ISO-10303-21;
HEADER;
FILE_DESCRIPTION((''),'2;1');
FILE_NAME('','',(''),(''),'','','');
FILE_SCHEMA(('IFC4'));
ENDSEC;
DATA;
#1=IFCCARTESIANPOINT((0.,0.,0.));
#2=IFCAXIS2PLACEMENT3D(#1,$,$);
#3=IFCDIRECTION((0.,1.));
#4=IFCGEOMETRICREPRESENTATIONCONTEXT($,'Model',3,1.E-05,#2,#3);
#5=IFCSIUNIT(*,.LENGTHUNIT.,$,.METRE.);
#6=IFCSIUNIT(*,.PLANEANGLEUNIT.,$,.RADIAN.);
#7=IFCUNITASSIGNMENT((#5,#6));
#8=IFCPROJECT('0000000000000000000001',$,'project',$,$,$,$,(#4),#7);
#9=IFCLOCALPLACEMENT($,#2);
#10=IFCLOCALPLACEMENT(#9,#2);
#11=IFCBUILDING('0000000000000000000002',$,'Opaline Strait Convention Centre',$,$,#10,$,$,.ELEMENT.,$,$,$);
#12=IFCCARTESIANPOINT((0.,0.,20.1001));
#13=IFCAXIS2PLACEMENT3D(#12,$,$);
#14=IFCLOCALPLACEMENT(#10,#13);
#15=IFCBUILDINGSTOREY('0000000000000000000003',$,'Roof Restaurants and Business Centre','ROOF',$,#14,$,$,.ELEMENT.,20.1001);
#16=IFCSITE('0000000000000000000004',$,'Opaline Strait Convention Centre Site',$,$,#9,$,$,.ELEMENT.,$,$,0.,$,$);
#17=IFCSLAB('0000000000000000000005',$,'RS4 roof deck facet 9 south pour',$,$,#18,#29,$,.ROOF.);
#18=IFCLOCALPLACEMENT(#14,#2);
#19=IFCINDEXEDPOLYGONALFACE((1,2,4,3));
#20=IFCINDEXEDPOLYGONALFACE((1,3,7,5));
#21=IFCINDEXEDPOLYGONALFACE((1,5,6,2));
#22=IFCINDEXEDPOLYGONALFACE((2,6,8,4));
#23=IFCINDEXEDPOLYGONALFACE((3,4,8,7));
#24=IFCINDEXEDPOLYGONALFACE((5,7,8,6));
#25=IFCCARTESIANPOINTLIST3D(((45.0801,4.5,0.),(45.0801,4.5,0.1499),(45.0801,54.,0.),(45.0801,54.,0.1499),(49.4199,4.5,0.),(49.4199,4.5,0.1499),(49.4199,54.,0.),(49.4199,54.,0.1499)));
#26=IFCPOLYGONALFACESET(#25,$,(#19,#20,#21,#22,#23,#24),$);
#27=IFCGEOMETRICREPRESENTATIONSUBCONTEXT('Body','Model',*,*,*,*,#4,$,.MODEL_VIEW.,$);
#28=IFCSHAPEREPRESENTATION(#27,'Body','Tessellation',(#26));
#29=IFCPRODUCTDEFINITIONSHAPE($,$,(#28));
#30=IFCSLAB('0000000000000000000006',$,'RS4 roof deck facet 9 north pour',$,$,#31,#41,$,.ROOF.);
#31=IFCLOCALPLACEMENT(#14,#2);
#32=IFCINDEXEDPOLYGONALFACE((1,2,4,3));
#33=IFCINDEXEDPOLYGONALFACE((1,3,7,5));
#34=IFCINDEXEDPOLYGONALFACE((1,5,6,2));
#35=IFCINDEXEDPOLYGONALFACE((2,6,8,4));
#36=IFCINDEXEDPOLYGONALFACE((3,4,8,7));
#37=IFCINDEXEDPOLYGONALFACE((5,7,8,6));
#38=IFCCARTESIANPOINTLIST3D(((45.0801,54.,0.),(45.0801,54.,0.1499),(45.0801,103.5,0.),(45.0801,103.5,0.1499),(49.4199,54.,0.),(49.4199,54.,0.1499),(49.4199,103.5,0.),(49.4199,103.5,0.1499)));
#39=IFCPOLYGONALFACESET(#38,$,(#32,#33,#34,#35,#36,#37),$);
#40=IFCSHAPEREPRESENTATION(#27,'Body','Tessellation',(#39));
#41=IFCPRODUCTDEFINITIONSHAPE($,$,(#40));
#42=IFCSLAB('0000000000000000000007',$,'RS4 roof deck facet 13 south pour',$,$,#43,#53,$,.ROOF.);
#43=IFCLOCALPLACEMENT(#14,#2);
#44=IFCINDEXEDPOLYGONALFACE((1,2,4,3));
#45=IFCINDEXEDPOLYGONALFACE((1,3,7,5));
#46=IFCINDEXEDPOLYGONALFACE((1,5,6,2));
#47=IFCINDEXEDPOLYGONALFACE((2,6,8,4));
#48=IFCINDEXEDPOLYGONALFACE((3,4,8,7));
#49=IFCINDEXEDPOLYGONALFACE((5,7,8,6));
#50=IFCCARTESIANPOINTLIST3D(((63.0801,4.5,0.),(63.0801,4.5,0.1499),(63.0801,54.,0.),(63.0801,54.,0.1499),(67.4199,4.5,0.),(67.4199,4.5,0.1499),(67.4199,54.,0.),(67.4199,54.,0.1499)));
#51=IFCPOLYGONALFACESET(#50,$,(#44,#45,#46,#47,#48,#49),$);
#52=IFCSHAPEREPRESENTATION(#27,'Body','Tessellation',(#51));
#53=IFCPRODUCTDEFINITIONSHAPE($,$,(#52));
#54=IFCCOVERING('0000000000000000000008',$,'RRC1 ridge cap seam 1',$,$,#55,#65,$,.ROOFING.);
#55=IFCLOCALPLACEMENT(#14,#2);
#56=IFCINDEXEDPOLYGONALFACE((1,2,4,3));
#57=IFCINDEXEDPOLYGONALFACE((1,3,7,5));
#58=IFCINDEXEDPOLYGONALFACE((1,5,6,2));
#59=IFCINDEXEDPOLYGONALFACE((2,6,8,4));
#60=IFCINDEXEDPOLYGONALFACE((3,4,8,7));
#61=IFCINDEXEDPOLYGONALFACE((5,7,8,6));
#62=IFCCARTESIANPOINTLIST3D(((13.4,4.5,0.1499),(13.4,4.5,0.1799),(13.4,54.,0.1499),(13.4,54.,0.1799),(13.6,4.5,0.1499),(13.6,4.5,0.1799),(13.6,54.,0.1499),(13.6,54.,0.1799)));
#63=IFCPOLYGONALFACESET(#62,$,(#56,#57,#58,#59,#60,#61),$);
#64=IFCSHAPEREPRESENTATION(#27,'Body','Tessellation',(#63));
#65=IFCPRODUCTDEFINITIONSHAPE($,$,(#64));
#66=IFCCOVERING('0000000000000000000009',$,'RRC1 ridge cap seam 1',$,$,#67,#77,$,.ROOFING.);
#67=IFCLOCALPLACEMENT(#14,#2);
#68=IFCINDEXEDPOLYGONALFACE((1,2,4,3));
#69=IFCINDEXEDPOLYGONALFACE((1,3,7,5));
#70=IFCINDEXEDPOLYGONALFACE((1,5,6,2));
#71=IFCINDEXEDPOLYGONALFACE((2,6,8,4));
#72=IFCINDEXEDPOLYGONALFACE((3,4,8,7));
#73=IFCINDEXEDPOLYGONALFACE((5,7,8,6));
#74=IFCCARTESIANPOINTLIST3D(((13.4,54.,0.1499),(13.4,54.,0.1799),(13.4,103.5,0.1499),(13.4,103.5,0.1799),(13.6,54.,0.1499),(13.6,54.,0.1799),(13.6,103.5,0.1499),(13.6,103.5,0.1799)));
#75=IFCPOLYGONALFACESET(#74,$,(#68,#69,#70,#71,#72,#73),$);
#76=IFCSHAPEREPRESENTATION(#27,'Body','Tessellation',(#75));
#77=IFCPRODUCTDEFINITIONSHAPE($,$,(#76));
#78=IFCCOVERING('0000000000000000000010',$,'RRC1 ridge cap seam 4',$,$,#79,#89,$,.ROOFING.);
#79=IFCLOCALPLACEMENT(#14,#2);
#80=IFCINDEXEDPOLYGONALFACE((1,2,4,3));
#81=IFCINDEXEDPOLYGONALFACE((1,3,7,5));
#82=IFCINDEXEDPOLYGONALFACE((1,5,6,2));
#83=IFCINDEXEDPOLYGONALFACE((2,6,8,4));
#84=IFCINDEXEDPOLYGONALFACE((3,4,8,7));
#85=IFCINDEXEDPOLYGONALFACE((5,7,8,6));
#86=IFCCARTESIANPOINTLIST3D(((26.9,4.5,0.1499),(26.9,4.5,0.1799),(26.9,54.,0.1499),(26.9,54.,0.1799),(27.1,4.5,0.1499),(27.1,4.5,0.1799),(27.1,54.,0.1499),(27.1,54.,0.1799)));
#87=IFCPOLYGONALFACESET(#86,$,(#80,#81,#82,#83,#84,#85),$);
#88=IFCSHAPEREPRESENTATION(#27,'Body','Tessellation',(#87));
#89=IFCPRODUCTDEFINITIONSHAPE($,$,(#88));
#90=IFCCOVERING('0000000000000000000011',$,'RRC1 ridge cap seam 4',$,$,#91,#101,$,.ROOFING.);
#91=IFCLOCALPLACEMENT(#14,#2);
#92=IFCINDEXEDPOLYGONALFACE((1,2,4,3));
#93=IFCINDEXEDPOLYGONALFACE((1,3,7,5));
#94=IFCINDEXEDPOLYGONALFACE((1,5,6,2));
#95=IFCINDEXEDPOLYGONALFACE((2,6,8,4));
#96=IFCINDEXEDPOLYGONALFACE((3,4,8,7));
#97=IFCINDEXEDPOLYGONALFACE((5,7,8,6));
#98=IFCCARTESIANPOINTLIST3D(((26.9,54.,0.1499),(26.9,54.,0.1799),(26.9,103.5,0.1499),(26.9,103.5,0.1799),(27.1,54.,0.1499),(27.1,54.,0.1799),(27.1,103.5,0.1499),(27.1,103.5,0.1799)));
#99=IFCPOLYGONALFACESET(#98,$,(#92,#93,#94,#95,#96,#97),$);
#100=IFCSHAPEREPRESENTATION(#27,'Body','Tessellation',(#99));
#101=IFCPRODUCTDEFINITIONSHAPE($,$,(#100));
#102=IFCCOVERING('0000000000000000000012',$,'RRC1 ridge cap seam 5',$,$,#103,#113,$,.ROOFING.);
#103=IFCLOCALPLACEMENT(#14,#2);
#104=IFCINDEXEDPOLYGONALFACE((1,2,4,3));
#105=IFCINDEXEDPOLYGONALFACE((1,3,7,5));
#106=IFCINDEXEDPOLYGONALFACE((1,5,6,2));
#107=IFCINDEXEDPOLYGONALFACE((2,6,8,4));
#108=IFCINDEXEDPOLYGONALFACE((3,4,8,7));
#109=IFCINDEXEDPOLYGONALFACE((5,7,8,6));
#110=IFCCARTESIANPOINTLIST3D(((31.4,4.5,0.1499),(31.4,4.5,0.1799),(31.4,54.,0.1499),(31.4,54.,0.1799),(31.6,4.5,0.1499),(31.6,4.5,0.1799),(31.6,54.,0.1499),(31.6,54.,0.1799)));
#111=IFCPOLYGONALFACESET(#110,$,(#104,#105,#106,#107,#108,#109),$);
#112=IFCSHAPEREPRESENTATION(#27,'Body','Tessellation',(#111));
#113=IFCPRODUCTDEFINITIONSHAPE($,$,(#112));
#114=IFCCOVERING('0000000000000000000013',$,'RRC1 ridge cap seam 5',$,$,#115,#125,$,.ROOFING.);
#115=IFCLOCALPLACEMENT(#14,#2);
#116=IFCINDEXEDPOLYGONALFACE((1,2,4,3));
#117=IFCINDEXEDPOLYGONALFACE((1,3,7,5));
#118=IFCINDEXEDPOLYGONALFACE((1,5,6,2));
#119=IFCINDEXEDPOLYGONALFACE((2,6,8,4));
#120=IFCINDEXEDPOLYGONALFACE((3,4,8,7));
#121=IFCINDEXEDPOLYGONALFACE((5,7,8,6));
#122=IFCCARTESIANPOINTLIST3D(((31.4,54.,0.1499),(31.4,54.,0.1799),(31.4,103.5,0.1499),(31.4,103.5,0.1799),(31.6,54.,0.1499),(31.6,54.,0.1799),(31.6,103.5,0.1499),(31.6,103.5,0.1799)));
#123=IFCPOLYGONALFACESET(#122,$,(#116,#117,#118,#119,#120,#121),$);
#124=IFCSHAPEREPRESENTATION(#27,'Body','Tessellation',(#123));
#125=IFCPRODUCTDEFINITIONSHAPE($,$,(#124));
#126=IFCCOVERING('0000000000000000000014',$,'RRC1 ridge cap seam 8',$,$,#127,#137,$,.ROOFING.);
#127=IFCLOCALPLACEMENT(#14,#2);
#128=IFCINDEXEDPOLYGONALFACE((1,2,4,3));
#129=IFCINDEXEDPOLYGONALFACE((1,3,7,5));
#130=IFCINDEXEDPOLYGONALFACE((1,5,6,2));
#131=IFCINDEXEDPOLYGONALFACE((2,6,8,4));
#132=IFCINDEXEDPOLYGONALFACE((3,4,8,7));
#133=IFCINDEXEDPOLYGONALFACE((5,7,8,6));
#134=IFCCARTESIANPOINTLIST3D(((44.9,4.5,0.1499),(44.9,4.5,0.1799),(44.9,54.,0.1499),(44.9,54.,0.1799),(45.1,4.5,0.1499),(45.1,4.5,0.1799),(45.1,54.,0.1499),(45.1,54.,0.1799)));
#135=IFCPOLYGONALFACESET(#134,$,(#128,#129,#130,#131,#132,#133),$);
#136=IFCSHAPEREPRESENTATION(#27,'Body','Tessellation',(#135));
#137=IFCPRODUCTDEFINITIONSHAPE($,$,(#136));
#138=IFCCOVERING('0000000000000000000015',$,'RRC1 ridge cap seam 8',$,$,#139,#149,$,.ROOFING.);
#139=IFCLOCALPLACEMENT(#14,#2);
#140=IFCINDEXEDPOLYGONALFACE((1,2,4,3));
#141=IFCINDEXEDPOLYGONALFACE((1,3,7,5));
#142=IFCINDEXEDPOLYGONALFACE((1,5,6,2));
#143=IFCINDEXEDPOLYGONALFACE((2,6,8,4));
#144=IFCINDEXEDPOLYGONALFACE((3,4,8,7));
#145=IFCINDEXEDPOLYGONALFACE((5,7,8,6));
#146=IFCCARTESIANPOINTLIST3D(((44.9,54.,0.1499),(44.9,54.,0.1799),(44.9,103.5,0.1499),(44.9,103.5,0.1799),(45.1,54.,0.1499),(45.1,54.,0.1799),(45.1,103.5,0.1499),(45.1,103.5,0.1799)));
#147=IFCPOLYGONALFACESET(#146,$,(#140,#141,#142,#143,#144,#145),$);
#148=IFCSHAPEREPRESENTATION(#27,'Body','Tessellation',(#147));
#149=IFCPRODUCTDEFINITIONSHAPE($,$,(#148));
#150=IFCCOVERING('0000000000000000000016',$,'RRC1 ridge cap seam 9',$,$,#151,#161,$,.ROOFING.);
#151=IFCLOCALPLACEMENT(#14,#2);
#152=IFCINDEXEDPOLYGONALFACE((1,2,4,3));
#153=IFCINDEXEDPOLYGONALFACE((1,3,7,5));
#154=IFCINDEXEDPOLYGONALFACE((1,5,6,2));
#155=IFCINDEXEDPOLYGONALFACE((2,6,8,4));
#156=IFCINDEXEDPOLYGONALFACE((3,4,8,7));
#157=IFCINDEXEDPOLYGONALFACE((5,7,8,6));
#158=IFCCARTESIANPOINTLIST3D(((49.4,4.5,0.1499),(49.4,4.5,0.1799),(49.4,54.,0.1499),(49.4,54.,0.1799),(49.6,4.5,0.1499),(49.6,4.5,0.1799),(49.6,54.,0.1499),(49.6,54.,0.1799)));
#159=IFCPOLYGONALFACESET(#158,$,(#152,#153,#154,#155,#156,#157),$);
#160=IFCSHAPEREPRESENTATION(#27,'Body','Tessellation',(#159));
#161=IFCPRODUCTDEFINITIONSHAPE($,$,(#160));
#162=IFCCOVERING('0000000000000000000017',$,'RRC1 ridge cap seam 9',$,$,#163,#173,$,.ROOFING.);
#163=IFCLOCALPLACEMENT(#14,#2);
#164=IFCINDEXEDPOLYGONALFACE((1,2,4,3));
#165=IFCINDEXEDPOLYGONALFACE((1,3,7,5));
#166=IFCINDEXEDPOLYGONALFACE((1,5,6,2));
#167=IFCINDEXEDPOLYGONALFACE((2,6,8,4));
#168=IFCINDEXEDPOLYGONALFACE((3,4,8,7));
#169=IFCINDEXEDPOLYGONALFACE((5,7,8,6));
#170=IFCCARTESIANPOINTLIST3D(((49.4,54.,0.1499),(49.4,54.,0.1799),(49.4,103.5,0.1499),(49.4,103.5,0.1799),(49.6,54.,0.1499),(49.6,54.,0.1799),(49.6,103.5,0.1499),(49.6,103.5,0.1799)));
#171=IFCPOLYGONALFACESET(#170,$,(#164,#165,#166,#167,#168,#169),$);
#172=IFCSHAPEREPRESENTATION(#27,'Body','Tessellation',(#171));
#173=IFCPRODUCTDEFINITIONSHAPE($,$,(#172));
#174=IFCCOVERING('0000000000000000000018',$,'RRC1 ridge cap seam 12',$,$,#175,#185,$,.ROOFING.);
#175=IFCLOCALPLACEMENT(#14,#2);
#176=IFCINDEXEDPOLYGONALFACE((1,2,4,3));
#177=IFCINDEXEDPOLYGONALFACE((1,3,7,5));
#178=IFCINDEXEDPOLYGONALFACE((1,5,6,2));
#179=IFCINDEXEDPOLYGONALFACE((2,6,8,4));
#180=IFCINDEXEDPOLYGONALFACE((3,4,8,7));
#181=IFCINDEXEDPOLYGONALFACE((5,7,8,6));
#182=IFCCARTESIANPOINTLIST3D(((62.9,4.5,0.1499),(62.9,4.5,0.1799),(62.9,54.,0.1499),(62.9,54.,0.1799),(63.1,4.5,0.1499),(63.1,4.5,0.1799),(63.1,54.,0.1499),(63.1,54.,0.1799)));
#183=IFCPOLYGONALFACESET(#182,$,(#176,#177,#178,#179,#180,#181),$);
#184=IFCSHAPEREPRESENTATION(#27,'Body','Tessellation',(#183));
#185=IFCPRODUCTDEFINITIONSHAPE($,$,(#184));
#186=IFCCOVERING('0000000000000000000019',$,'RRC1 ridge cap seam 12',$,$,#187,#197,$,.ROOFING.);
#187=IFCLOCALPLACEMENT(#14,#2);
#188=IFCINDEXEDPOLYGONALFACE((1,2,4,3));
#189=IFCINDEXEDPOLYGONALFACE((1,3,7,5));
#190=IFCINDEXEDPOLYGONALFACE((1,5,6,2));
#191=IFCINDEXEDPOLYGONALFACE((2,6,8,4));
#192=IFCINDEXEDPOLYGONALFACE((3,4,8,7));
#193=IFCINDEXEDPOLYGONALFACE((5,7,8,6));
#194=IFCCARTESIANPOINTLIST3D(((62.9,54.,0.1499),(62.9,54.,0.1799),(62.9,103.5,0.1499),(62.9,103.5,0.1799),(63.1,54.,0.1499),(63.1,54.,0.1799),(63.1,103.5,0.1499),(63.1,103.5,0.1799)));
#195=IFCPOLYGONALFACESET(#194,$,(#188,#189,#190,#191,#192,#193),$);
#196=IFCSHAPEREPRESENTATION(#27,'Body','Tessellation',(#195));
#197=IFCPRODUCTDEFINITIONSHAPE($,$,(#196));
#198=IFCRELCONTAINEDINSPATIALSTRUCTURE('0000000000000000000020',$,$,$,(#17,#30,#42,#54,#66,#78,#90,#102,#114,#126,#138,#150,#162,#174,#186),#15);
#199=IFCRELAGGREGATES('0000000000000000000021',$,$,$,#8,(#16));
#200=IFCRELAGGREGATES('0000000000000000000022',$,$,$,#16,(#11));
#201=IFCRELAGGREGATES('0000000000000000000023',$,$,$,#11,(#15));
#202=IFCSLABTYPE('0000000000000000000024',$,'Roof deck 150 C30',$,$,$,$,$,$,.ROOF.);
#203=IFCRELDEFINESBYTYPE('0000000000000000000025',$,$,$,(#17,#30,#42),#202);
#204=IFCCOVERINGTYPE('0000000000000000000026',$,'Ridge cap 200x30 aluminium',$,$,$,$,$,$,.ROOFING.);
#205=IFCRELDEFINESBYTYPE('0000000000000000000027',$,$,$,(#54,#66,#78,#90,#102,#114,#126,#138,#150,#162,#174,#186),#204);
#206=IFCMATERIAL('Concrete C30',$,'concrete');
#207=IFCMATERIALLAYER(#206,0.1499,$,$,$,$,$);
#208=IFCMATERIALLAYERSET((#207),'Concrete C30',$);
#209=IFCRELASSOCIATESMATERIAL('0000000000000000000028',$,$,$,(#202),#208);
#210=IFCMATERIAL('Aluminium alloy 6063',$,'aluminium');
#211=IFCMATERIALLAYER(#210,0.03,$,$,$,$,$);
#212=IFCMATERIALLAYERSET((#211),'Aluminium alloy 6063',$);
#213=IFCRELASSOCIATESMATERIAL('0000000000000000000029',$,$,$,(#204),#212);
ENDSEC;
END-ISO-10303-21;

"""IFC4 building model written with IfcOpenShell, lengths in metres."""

from ifc_helpers import new_model, si_unit, direction, frame, origin, origin_2d, place, context, subcontext, project, spatial, polyline, rectangle, outline, extrude, material, layer, layer_set, type_object, element, save


model = new_model("IFC4")

# Units and contexts
model_context = context("Model", 3, precision=1e-05, world=origin(), true_north=direction((0.0, 1.0)))
body_context = subcontext(model_context, "Body", "Model", "MODEL_VIEW")
ifc_project = project(units=[si_unit("LENGTHUNIT", "METRE"), si_unit("PLANEANGLEUNIT", "RADIAN")], contexts=[model_context])

# Site, building, storey
site_placement = place(None, origin())
site = spatial("IfcSite", under=ifc_project, at=site_placement, Name="Opaline Strait Convention Centre Site", CompositionType="ELEMENT", RefElevation=0.0)
building_placement = place(site_placement, origin())
building = spatial("IfcBuilding", under=site, at=building_placement, Name="Opaline Strait Convention Centre", CompositionType="ELEMENT")
storey_placement = place(building_placement, frame((0.0, 0.0, 20.1001)))
storey = spatial("IfcBuildingStorey", under=building, at=storey_placement, Name="Roof Restaurants and Business Centre", Description="ROOF", CompositionType="ELEMENT", Elevation=20.1001)

# Slabs
ifc_material_1 = material(Name="Concrete C30", Category="concrete")
ifc_layer_1 = layer(ifc_material_1, 0.1499)
ifc_layer_set_1 = layer_set([ifc_layer_1], Name="Concrete C30")
slab_type = type_object("IfcSlabType", Name="Roof deck 150 C30", PredefinedType="ROOF", material=ifc_layer_set_1)
for number, where, z_axis, x_axis, name in (
    (1, (45.0801, 4.5, 0.1499), (0.0, 0.0, 1.0), (1.0, 0.0, 0.0), "RS4 roof deck facet 9 south pour"),
    (2, (45.0801, 54.0, 0.1499), (0.0, 0.0, 1.0), (1.0, 0.0, 0.0), "RS4 roof deck facet 9 north pour"),
    (3, (63.0801, 4.5, 0.1499), (0.0, 0.0, 1.0), (1.0, 0.0, 0.0), "RS4 roof deck facet 13 south pour"),
):
    element("IfcSlab", number, at=place(storey_placement, frame(where, z_axis=z_axis, x_axis=x_axis)), inside=storey, type_object=slab_type, Name=name, PredefinedType="ROOF", context=body_context, shape_type="SweptSolid", body=[
        extrude(outline(polyline([(0.0, 0.0), (4.3398, 0.0), (4.3398, 49.5), (0.0, 49.5), (0.0, 0.0)])), origin(), (0.0, 0.0, -1.0), 0.1499),
    ])

# Coverings
ifc_material_2 = material(Name="Aluminium alloy 6063", Category="aluminium")
ifc_layer_2 = layer(ifc_material_2, 0.03)
ifc_layer_set_2 = layer_set([ifc_layer_2], Name="Aluminium alloy 6063")
covering_type = type_object("IfcCoveringType", Name="Ridge cap 200x30 aluminium", PredefinedType="ROOFING", material=ifc_layer_set_2)
for number, where, z_axis, x_axis, name in (
    (4, (13.5, 29.25, 0.1499), (0.0, 0.0, 1.0), (1.0, 0.0, 0.0), "RRC1 ridge cap seam 1"),
    (5, (13.5, 78.75, 0.1499), (0.0, 0.0, 1.0), (1.0, 0.0, 0.0), "RRC1 ridge cap seam 1"),
    (6, (27.0, 29.25, 0.1499), (0.0, 0.0, 1.0), (1.0, 0.0, 0.0), "RRC1 ridge cap seam 4"),
    (7, (27.0, 78.75, 0.1499), (0.0, 0.0, 1.0), (1.0, 0.0, 0.0), "RRC1 ridge cap seam 4"),
    (8, (31.5, 29.25, 0.1499), (0.0, 0.0, 1.0), (1.0, 0.0, 0.0), "RRC1 ridge cap seam 5"),
    (9, (31.5, 78.75, 0.1499), (0.0, 0.0, 1.0), (1.0, 0.0, 0.0), "RRC1 ridge cap seam 5"),
    (10, (45.0, 29.25, 0.1499), (0.0, 0.0, 1.0), (1.0, 0.0, 0.0), "RRC1 ridge cap seam 8"),
    (11, (45.0, 78.75, 0.1499), (0.0, 0.0, 1.0), (1.0, 0.0, 0.0), "RRC1 ridge cap seam 8"),
    (12, (49.5, 29.25, 0.1499), (0.0, 0.0, 1.0), (1.0, 0.0, 0.0), "RRC1 ridge cap seam 9"),
    (13, (49.5, 78.75, 0.1499), (0.0, 0.0, 1.0), (1.0, 0.0, 0.0), "RRC1 ridge cap seam 9"),
    (14, (63.0, 29.25, 0.1499), (0.0, 0.0, 1.0), (1.0, 0.0, 0.0), "RRC1 ridge cap seam 12"),
    (15, (63.0, 78.75, 0.1499), (0.0, 0.0, 1.0), (1.0, 0.0, 0.0), "RRC1 ridge cap seam 12"),
):
    element("IfcCovering", number, at=place(storey_placement, frame(where, z_axis=z_axis, x_axis=x_axis)), inside=storey, type_object=covering_type, Name=name, PredefinedType="ROOFING", context=body_context, shape_type="SweptSolid", body=[
        extrude(rectangle(XDim=0.2, YDim=49.5, at=origin_2d()), origin(), (0.0, 0.0, 1.0), 0.03),
    ])

save(model, "model.ifc")
